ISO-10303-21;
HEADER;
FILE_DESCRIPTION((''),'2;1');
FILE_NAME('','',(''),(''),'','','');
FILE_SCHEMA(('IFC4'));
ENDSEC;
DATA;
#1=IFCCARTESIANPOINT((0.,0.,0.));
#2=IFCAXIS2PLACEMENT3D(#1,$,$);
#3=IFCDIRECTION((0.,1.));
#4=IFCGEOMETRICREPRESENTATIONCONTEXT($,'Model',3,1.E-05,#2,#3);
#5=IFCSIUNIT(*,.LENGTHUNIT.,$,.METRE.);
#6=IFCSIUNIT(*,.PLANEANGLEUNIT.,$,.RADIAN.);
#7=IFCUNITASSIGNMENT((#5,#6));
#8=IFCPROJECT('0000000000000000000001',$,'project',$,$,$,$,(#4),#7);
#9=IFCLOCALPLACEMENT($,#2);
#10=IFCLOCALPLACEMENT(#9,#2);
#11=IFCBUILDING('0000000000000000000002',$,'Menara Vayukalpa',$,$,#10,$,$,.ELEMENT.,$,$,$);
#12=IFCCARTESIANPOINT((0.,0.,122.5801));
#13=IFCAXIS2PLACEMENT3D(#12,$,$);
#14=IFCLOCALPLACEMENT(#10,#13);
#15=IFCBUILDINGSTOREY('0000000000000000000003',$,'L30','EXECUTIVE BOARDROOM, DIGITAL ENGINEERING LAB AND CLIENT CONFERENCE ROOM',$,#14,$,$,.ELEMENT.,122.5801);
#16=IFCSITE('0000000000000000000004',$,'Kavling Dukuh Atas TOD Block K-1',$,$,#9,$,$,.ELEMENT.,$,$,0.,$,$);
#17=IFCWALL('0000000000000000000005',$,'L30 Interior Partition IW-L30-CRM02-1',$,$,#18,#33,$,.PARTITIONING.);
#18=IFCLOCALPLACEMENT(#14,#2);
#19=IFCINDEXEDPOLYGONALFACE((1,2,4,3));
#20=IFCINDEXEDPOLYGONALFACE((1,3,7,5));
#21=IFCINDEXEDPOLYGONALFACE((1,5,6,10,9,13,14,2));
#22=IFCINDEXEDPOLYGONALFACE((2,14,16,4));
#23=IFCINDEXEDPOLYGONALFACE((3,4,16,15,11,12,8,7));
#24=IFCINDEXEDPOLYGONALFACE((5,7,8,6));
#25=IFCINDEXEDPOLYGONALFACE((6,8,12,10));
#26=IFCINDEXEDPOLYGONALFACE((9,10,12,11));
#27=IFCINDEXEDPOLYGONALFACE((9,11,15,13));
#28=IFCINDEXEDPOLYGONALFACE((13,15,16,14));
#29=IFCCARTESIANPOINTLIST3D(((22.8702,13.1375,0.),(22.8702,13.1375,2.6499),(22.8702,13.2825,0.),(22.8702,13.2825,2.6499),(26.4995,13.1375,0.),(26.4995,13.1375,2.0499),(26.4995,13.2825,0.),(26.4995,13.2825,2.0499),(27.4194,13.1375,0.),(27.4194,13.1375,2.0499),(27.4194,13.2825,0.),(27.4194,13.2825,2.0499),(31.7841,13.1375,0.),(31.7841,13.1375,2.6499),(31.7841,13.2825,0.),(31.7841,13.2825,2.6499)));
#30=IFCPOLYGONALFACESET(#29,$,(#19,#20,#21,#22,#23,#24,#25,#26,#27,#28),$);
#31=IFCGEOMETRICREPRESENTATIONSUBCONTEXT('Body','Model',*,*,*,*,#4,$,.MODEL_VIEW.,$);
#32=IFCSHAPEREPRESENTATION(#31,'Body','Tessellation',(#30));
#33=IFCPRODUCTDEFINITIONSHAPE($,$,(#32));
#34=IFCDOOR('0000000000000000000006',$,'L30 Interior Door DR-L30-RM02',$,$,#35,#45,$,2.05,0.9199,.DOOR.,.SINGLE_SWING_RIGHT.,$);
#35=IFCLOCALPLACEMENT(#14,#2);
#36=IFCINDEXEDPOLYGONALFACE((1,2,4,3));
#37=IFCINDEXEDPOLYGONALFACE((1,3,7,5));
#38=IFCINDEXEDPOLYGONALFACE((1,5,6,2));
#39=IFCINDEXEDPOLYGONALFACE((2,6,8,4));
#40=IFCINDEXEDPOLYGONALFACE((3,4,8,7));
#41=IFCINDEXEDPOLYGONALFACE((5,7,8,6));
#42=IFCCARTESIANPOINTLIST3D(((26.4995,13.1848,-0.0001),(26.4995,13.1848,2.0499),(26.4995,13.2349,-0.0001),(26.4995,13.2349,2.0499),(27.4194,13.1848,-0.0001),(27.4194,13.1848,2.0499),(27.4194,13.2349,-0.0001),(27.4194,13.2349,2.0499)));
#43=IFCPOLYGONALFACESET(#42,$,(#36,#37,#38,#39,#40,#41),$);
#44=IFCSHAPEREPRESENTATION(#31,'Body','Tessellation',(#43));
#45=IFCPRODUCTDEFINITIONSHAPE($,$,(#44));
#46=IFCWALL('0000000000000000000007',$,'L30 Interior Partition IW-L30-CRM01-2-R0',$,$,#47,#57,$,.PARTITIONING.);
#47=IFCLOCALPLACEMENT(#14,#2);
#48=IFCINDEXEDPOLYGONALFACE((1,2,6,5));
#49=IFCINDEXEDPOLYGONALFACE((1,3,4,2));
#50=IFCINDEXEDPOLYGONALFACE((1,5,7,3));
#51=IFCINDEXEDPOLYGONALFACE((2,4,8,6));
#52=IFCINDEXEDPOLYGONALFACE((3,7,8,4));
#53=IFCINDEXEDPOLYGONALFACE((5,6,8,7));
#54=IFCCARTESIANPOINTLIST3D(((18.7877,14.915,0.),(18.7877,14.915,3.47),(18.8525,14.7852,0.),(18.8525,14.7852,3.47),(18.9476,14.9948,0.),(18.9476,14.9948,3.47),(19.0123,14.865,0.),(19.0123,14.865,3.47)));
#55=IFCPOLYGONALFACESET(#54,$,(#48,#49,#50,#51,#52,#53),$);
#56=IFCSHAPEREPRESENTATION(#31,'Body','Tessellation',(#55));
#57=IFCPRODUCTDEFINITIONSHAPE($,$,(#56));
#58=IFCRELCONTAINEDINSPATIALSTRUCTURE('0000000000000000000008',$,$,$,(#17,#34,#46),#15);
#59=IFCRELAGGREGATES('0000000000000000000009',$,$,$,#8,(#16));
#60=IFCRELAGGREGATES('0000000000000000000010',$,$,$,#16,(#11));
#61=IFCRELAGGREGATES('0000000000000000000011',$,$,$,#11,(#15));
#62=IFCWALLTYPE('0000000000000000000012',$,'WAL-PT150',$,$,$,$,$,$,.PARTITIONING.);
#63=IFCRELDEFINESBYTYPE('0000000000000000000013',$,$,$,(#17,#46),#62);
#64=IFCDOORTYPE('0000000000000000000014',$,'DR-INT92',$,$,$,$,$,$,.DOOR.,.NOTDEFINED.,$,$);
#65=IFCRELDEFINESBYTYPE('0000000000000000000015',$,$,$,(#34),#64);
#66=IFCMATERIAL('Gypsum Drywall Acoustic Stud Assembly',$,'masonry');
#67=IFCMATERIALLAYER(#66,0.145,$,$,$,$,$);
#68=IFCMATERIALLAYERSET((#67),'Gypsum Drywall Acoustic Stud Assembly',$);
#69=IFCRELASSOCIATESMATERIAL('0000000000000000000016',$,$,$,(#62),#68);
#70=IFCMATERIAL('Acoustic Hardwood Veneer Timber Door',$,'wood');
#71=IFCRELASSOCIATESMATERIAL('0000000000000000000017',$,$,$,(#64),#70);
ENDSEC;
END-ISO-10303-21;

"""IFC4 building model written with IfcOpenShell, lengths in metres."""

from ifc_helpers import new_model, si_unit, direction, frame, frame_2d, origin, place, context, subcontext, project, spatial, rectangle, extrude, material, layer, layer_set, type_object, element, fill, save


model = new_model("IFC4")

# Units and contexts
model_context = context("Model", 3, precision=1e-05, world=origin(), true_north=direction((0.0, 1.0)))
body_context = subcontext(model_context, "Body", "Model", "MODEL_VIEW")
ifc_project = project(units=[si_unit("LENGTHUNIT", "METRE"), si_unit("PLANEANGLEUNIT", "RADIAN")], contexts=[model_context])

# Site, building, storey
site_placement = place(None, origin())
site = spatial("IfcSite", under=ifc_project, at=site_placement, Name="Kavling Dukuh Atas TOD Block K-1", CompositionType="ELEMENT", RefElevation=0.0)
building_placement = place(site_placement, origin())
building = spatial("IfcBuilding", under=site, at=building_placement, Name="Menara Vayukalpa", CompositionType="ELEMENT")
storey_placement = place(building_placement, frame((0.0, 0.0, 122.5801)))
storey = spatial("IfcBuildingStorey", under=building, at=storey_placement, Name="L30", Description="EXECUTIVE BOARDROOM, DIGITAL ENGINEERING LAB AND CLIENT CONFERENCE ROOM", CompositionType="ELEMENT", Elevation=122.5801)

# Shared definitions
ifc_material_1 = material(Name="Gypsum Drywall Acoustic Stud Assembly", Category="masonry")
ifc_layer_1 = layer(ifc_material_1, 0.145)
ifc_layer_set_1 = layer_set([ifc_layer_1], Name="Gypsum Drywall Acoustic Stud Assembly")
wall_type_1 = type_object("IfcWallType", Name="WAL-PT150", PredefinedType="PARTITIONING", material=ifc_layer_set_1)

# Wall, opening, door
wall_1_placement = place(storey_placement, frame((22.8701, 13.21, 0.0), z_axis=(0.0, 0.0, 1.0), x_axis=(1.0, 0.0, 0.0)))
wall_1 = element("IfcWall", 1, at=wall_1_placement, inside=storey, type_object=wall_type_1, Name="L30 Interior Partition IW-L30-CRM02-1", PredefinedType="PARTITIONING", context=body_context, shape_type="SweptSolid", body=[
    extrude(rectangle(XDim=8.9138, YDim=0.145, at=frame_2d((4.457, 0.0))), origin(), (0.0, 0.0, 1.0), 2.6499),
])
opening_1_placement = place(wall_1_placement, frame((3.6294, 0.0, 0.0)))
opening_1 = element("IfcOpeningElement", 2, at=opening_1_placement, cuts=wall_1, PredefinedType="OPENING", context=body_context, shape_type="SweptSolid", body=[
    extrude(rectangle(XDim=0.9199, YDim=2.05, at=frame_2d((0.46, 1.0249))), frame((0.0, 0.0825, 0.0), z_axis=(0.0, -1.0, 0.0), x_axis=(1.0, 0.0, 0.0)), (0.0, 0.0, 1.0), 0.165),
])
ifc_material_2 = material(Name="Acoustic Hardwood Veneer Timber Door", Category="wood")
door_type_1 = type_object("IfcDoorType", Name="DR-INT92", OperationType="NOTDEFINED", PredefinedType="DOOR", material=ifc_material_2)
door_1_placement = place(opening_1_placement, origin())
door_1 = element("IfcDoor", 3, at=door_1_placement, inside=storey, type_object=door_type_1, Name="L30 Interior Door DR-L30-RM02", OperationType="SINGLE_SWING_RIGHT", OverallHeight=2.05, OverallWidth=0.9199, PredefinedType="DOOR", context=body_context, shape_type="SweptSolid", body=[
    extrude(rectangle(XDim=0.9199, YDim=2.05, at=frame_2d((0.46, 1.0249))), frame((0.0, 0.0249, 0.0), z_axis=(0.0, -1.0, 0.0), x_axis=(1.0, 0.0, 0.0)), (0.0, 0.0, 1.0), 0.05),
])
fill(opening_1, door_1)

# Wall
wall_2_placement = place(storey_placement, frame((18.8201, 14.8501, 0.0), z_axis=(0.0, 0.0, 1.0), x_axis=(0.8947, 0.446667, 0.0)))
element("IfcWall", 4, at=wall_2_placement, inside=storey, type_object=wall_type_1, Name="L30 Interior Partition IW-L30-CRM01-2-R0", PredefinedType="PARTITIONING", context=body_context, shape_type="SweptSolid", body=[
    extrude(rectangle(XDim=0.1787, YDim=0.145, at=frame_2d((0.0894, 0.0))), origin(), (0.0, 0.0, 1.0), 3.47),
])

save(model, "model.ifc")
